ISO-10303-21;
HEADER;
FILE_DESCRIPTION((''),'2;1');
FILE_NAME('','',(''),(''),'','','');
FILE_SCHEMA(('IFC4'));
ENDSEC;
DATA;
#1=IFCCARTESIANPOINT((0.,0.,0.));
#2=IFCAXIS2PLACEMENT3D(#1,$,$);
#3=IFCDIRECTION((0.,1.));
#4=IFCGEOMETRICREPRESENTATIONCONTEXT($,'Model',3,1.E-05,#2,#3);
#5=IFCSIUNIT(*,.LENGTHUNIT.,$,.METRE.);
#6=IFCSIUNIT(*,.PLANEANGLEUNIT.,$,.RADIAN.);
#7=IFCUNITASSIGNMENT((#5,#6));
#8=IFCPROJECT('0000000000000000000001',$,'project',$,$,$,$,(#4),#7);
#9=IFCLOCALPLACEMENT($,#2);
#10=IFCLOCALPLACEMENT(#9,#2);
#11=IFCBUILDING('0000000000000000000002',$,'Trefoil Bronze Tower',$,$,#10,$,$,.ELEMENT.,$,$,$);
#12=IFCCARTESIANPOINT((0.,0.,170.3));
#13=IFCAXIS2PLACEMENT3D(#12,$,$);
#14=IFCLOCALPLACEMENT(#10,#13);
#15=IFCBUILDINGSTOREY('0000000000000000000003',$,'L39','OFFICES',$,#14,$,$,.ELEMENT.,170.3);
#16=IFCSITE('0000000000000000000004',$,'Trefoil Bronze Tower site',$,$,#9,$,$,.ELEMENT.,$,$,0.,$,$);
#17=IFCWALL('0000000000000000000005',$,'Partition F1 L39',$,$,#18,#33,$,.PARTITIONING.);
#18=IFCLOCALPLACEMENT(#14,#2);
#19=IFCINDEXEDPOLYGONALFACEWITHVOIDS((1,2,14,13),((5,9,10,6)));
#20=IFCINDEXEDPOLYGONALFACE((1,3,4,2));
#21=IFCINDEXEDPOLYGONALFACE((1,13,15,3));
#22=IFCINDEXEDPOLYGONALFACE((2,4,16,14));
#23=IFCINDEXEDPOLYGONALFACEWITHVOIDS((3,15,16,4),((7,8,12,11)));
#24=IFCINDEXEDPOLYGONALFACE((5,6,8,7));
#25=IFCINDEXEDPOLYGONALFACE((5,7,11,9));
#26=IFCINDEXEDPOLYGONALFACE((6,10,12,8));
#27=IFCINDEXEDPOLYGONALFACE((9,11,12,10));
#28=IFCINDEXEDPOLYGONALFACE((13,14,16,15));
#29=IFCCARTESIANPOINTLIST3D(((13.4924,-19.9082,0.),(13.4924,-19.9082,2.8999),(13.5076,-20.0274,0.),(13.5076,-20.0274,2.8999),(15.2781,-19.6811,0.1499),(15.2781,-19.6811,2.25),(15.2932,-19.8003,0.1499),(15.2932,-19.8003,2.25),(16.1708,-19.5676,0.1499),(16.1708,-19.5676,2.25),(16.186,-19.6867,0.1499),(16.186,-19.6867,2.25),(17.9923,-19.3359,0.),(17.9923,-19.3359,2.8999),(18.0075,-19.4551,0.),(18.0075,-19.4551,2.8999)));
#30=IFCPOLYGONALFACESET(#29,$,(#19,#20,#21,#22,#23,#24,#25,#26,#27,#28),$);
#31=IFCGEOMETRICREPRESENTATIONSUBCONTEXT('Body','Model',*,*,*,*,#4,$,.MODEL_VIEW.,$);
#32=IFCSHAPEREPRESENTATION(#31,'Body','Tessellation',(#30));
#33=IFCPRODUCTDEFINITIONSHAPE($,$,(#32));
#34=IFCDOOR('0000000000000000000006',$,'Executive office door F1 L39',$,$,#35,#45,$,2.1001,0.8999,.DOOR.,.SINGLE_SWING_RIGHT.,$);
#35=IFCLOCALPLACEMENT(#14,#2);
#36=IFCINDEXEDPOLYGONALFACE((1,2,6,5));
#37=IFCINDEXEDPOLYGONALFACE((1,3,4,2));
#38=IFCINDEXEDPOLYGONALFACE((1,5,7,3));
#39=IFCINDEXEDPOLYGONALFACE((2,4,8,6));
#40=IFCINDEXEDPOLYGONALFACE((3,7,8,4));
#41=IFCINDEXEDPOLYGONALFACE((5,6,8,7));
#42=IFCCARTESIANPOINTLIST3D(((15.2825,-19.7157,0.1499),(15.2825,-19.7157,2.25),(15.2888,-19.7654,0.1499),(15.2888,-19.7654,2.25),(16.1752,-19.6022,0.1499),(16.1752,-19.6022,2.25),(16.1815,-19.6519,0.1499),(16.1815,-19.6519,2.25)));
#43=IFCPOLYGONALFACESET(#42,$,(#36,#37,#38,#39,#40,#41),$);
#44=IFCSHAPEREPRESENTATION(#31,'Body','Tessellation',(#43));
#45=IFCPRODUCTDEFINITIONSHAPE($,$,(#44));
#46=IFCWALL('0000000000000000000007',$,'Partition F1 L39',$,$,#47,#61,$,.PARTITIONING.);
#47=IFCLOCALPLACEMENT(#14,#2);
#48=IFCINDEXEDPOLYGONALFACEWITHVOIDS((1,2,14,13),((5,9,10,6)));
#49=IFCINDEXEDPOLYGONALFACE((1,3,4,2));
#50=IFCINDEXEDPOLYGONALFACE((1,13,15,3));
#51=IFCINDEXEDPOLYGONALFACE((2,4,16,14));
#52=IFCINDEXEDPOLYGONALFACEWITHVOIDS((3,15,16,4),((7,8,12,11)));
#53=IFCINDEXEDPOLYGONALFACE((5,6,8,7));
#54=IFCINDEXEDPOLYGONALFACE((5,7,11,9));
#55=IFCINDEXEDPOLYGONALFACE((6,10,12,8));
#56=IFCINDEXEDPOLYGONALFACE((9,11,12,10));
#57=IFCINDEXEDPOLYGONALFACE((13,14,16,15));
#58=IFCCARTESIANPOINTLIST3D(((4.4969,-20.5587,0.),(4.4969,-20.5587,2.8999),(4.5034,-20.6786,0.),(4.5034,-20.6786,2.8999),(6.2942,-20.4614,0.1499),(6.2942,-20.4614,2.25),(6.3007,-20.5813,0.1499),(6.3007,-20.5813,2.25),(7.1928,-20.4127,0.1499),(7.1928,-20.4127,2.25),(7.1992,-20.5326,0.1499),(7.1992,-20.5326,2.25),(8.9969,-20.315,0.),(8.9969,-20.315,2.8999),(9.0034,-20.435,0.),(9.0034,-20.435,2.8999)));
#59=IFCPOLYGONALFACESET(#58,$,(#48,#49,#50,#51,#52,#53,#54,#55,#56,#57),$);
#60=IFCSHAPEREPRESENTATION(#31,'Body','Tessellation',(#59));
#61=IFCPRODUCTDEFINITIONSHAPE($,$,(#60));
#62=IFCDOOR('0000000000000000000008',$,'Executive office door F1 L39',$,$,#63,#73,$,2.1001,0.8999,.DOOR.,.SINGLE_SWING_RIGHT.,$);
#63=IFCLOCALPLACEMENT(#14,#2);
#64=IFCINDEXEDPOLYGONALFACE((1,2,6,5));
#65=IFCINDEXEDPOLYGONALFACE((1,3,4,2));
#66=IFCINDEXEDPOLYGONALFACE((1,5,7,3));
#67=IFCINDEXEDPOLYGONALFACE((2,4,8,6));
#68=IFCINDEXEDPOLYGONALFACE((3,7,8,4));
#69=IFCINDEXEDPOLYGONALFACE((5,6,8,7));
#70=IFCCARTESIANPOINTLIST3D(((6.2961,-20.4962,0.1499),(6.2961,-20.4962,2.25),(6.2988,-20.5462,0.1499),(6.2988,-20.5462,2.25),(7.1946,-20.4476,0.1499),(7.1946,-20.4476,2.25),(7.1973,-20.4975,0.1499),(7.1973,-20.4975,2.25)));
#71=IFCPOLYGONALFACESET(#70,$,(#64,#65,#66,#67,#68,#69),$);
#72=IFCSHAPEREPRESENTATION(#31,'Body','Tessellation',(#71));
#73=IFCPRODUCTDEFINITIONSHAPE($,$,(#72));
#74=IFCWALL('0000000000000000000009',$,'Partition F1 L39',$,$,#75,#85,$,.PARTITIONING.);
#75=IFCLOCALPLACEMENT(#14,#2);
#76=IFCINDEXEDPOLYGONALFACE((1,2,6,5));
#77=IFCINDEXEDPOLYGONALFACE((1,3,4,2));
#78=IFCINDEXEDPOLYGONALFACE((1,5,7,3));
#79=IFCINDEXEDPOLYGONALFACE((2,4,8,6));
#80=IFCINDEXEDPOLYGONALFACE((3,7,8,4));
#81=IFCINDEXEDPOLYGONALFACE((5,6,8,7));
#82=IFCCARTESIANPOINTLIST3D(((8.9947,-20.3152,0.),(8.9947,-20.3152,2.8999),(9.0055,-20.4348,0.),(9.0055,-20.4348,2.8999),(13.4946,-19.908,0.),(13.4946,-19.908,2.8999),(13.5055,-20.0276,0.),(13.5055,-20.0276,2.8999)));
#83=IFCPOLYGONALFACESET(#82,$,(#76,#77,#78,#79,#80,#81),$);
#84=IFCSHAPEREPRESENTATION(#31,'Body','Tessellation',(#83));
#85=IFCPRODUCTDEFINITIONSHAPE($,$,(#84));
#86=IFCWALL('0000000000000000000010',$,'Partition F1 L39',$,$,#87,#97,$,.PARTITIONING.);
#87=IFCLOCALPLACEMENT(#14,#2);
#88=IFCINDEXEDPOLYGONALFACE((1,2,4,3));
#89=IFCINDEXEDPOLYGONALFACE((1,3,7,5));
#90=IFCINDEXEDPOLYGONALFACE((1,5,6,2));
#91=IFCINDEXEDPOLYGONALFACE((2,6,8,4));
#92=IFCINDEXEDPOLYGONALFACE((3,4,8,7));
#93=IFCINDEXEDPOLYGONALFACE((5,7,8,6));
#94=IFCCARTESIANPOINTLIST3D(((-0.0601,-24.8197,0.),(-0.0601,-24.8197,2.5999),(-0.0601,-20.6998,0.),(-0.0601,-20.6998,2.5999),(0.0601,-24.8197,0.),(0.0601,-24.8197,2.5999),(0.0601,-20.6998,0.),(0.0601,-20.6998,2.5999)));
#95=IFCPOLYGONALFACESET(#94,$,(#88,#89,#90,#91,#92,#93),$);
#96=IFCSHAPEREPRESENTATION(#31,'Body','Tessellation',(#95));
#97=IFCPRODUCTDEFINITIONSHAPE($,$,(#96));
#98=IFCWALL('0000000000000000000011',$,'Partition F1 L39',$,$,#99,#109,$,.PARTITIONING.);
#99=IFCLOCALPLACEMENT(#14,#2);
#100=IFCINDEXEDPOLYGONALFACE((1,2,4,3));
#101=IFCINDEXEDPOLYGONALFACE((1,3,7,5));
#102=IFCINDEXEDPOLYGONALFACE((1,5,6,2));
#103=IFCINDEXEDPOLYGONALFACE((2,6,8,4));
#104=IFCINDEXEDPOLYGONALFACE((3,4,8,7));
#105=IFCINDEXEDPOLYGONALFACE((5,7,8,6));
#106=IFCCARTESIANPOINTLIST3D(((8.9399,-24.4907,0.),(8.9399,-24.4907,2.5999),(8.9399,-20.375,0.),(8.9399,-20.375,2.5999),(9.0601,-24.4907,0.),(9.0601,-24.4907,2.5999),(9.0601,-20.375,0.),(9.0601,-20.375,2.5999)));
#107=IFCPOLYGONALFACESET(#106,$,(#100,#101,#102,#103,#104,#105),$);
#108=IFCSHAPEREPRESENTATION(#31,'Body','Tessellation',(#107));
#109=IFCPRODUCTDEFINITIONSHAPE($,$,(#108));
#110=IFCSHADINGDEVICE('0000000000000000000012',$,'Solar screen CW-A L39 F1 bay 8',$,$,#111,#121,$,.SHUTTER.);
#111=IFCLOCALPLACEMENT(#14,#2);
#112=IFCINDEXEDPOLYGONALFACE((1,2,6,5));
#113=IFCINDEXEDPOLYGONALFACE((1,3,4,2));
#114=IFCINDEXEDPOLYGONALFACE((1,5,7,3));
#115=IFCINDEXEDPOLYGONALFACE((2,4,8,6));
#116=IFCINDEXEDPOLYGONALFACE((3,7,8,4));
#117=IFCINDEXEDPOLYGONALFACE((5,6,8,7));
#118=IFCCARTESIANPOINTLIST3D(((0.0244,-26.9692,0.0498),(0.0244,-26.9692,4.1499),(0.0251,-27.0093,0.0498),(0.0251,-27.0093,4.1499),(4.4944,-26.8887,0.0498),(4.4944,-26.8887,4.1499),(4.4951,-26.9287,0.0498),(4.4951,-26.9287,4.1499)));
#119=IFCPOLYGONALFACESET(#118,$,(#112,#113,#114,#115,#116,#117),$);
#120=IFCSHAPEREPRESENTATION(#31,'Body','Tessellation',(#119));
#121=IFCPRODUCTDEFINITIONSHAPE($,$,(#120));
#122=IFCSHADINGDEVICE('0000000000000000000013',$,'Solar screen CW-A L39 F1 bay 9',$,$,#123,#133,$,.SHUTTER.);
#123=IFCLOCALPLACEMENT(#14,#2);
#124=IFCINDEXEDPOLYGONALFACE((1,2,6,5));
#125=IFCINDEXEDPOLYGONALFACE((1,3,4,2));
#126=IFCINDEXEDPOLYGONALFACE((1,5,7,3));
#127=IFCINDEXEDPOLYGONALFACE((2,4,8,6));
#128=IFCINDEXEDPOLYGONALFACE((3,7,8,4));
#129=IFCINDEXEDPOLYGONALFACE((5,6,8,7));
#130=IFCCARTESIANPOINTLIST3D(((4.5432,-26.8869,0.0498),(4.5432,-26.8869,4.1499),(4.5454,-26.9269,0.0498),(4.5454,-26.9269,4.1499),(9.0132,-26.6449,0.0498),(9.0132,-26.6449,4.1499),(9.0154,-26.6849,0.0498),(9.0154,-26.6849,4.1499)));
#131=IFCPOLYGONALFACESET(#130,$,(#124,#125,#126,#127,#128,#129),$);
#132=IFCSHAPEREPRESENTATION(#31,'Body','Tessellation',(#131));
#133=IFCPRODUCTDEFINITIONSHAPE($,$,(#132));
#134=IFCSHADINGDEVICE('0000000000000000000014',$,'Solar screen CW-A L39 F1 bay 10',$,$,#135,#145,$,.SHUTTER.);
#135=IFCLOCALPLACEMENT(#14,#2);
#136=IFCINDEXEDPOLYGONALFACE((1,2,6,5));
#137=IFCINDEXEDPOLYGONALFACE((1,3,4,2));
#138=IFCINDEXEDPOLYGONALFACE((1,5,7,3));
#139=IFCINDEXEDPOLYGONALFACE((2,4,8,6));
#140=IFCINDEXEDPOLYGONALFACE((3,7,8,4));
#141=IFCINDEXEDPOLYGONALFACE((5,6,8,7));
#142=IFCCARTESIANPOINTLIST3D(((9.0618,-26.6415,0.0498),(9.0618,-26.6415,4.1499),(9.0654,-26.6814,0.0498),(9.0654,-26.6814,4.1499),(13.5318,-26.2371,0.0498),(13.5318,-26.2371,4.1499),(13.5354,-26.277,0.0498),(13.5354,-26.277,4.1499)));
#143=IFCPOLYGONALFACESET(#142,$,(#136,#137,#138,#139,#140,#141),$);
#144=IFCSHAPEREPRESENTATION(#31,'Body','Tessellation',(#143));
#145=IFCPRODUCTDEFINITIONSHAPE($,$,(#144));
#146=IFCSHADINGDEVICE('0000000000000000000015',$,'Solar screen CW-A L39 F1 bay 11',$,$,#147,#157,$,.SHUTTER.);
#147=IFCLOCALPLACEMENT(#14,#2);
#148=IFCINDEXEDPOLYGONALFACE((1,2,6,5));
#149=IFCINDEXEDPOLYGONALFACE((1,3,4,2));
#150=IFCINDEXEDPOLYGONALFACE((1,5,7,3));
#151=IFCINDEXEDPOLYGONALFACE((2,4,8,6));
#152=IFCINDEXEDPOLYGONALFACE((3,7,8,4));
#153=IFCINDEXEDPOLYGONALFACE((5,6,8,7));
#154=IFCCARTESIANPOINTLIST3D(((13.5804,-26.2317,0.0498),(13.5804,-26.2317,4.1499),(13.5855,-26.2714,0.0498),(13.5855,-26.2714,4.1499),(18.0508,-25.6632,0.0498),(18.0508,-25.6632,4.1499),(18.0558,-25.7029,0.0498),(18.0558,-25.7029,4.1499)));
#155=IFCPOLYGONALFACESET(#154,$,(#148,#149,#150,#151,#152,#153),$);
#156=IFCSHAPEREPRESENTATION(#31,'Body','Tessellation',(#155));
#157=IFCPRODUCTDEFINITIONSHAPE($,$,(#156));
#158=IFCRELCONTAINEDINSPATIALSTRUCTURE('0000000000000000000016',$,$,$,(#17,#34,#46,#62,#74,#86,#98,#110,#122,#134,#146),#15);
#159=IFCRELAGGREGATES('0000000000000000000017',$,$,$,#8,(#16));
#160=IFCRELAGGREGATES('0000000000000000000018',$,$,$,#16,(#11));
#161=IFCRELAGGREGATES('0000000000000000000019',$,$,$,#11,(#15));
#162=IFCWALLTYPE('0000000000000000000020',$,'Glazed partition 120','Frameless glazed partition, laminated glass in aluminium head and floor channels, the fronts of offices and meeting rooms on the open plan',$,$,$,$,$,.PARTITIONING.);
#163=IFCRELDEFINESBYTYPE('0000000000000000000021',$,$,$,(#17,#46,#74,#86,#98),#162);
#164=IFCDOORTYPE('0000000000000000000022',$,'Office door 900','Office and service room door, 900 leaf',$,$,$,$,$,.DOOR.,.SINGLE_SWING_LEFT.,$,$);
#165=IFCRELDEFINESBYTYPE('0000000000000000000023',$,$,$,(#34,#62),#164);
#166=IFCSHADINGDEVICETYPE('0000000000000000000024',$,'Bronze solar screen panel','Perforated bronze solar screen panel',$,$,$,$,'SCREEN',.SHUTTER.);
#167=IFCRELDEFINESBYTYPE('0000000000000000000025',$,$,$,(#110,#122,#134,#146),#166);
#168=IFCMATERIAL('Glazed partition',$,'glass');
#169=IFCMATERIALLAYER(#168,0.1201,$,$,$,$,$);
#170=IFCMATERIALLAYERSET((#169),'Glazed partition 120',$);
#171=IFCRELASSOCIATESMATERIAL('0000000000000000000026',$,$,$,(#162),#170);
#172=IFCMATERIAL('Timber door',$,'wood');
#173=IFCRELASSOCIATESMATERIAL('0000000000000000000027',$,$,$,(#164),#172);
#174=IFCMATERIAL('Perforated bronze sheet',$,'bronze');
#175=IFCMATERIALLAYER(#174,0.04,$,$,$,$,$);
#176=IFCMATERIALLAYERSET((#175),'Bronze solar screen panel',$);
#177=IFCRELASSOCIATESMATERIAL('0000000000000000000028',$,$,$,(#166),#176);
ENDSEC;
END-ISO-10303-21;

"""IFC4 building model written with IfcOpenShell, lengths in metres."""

from ifc_helpers import new_model, si_unit, direction, frame, frame_2d, origin, origin_2d, place, context, subcontext, project, spatial, rectangle, extrude, material, layer, layer_set, type_object, element, fill, save


model = new_model("IFC4")

# Units and contexts
model_context = context("Model", 3, precision=1e-05, world=origin(), true_north=direction((0.0, 1.0)))
body_context = subcontext(model_context, "Body", "Model", "MODEL_VIEW")
ifc_project = project(units=[si_unit("LENGTHUNIT", "METRE"), si_unit("PLANEANGLEUNIT", "RADIAN")], contexts=[model_context])

# Site, building, storey
site_placement = place(None, origin())
site = spatial("IfcSite", under=ifc_project, at=site_placement, Name="Trefoil Bronze Tower site", CompositionType="ELEMENT", RefElevation=0.0)
building_placement = place(site_placement, origin())
building = spatial("IfcBuilding", under=site, at=building_placement, Name="Trefoil Bronze Tower", CompositionType="ELEMENT")
storey_placement = place(building_placement, frame((0.0, 0.0, 170.3)))
storey = spatial("IfcBuildingStorey", under=building, at=storey_placement, Name="L39", Description="OFFICES", CompositionType="ELEMENT", Elevation=170.3)

# Shared definitions
ifc_material_1 = material(Name="Glazed partition", Category="glass")
ifc_layer_1 = layer(ifc_material_1, 0.1201)
ifc_layer_set_1 = layer_set([ifc_layer_1], Name="Glazed partition 120")
wall_type = type_object("IfcWallType", Name="Glazed partition 120", Description="Frameless glazed partition, laminated glass in aluminium head and floor channels, the fronts of offices and meeting rooms on the open plan", PredefinedType="PARTITIONING", material=ifc_layer_set_1)

# Walls, openings, doors
wall_1_placement = place(storey_placement, frame((13.5, -19.9678, 0.0), z_axis=(0.0, 0.0, 1.0), x_axis=(0.992011, 0.126154, 0.0)))
wall_1 = element("IfcWall", 1, at=wall_1_placement, inside=storey, type_object=wall_type, Name="Partition F1 L39", PredefinedType="PARTITIONING", context=body_context, shape_type="SweptSolid", body=[
    extrude(rectangle(XDim=4.5361, YDim=0.1201, at=frame_2d((2.2681, 0.0))), origin(), (0.0, 0.0, 1.0), 2.8999),
])
opening_1_placement = place(wall_1_placement, frame((1.8, 0.0, 0.1499)))
opening_1 = element("IfcOpeningElement", 2, at=opening_1_placement, cuts=wall_1, PredefinedType="OPENING", context=body_context, shape_type="SweptSolid", body=[
    extrude(rectangle(XDim=0.8999, YDim=2.1001, at=frame_2d((0.45, 1.05))), frame((0.0, 0.0701, 0.0), z_axis=(0.0, -1.0, 0.0), x_axis=(1.0, 0.0, 0.0)), (0.0, 0.0, 1.0), 0.1401),
])
ifc_material_2 = material(Name="Timber door", Category="wood")
door_type = type_object("IfcDoorType", Name="Office door 900", Description="Office and service room door, 900 leaf", OperationType="SINGLE_SWING_LEFT", PredefinedType="DOOR", material=ifc_material_2)
door_1_placement = place(opening_1_placement, frame((0.8999, 0.0, 0.0), z_axis=(0.0, 0.0, 1.0), x_axis=(-1.0, 0.0, 0.0)))
door_1 = element("IfcDoor", 3, at=door_1_placement, inside=storey, type_object=door_type, Name="Executive office door F1 L39", OperationType="SINGLE_SWING_RIGHT", OverallHeight=2.1001, OverallWidth=0.8999, PredefinedType="DOOR", context=body_context, shape_type="SweptSolid", body=[
    extrude(rectangle(XDim=0.8999, YDim=2.1001, at=frame_2d((0.45, 1.05))), frame((0.0, 0.0249, 0.0), z_axis=(0.0, -1.0, 0.0), x_axis=(1.0, 0.0, 0.0)), (0.0, 0.0, 1.0), 0.05),
])
fill(opening_1, door_1)
wall_2_placement = place(storey_placement, frame((4.5, -20.6187, 0.0), z_axis=(0.0, 0.0, 1.0), x_axis=(0.998537, 0.054066, 0.0)))
wall_2 = element("IfcWall", 4, at=wall_2_placement, inside=storey, type_object=wall_type, Name="Partition F1 L39", PredefinedType="PARTITIONING", context=body_context, shape_type="SweptSolid", body=[
    extrude(rectangle(XDim=4.5066, YDim=0.1201, at=frame_2d((2.2534, 0.0))), origin(), (0.0, 0.0, 1.0), 2.8999),
])
opening_2_placement = place(wall_2_placement, frame((1.8, 0.0, 0.1499)))
opening_2 = element("IfcOpeningElement", 5, at=opening_2_placement, cuts=wall_2, PredefinedType="OPENING", context=body_context, shape_type="SweptSolid", body=[
    extrude(rectangle(XDim=0.8999, YDim=2.1001, at=frame_2d((0.45, 1.05))), frame((0.0, 0.0701, 0.0), z_axis=(0.0, -1.0, 0.0), x_axis=(1.0, 0.0, 0.0)), (0.0, 0.0, 1.0), 0.1401),
])
door_2_placement = place(opening_2_placement, frame((0.8999, 0.0, 0.0), z_axis=(0.0, 0.0, 1.0), x_axis=(-1.0, 0.0, 0.0)))
door_2 = element("IfcDoor", 6, at=door_2_placement, inside=storey, type_object=door_type, Name="Executive office door F1 L39", OperationType="SINGLE_SWING_RIGHT", OverallHeight=2.1001, OverallWidth=0.8999, PredefinedType="DOOR", context=body_context, shape_type="SweptSolid", body=[
    extrude(rectangle(XDim=0.8999, YDim=2.1001, at=frame_2d((0.45, 1.05))), frame((0.0, 0.0249, 0.0), z_axis=(0.0, -1.0, 0.0), x_axis=(1.0, 0.0, 0.0)), (0.0, 0.0, 1.0), 0.05),
])
fill(opening_2, door_2)

# Walls
wall_3_placement = place(storey_placement, frame((9.0, -20.375, 0.0), z_axis=(0.0, 0.0, 1.0), x_axis=(0.99593, 0.090127, 0.0)))
element("IfcWall", 7, at=wall_3_placement, inside=storey, type_object=wall_type, Name="Partition F1 L39", PredefinedType="PARTITIONING", context=body_context, shape_type="SweptSolid", body=[
    extrude(rectangle(XDim=4.5183, YDim=0.1201, at=frame_2d((2.2593, 0.0))), origin(), (0.0, 0.0, 1.0), 2.8999),
])
wall_4_placement = place(storey_placement, frame((0.0, -20.6997, 0.0), z_axis=(0.0, 0.0, 1.0), x_axis=(0.0, -1.0, 0.0)))
element("IfcWall", 8, at=wall_4_placement, inside=storey, type_object=wall_type, Name="Partition F1 L39", PredefinedType="PARTITIONING", context=body_context, shape_type="SweptSolid", body=[
    extrude(rectangle(XDim=4.1199, YDim=0.1201, at=frame_2d((2.0601, 0.0))), origin(), (0.0, 0.0, 1.0), 2.5999),
])
wall_5_placement = place(storey_placement, frame((9.0, -20.375, 0.0), z_axis=(0.0, 0.0, 1.0), x_axis=(0.0, -1.0, 0.0)))
element("IfcWall", 9, at=wall_5_placement, inside=storey, type_object=wall_type, Name="Partition F1 L39", PredefinedType="PARTITIONING", context=body_context, shape_type="SweptSolid", body=[
    extrude(rectangle(XDim=4.1157, YDim=0.1201, at=frame_2d((2.0579, 0.0))), origin(), (0.0, 0.0, 1.0), 2.5999),
])

# Shading devices
ifc_material_3 = material(Name="Perforated bronze sheet", Category="bronze")
ifc_layer_2 = layer(ifc_material_3, 0.04)
ifc_layer_set_2 = layer_set([ifc_layer_2], Name="Bronze solar screen panel")
shading_device_type = type_object("IfcShadingDeviceType", Name="Bronze solar screen panel", Description="Perforated bronze solar screen panel", ElementType="SCREEN", PredefinedType="SHUTTER", material=ifc_layer_set_2)
shading_device_1_placement = place(storey_placement, frame((2.2598, -26.949, 0.0498), z_axis=(0.0, 0.0, 1.0), x_axis=(0.999838, 0.018021, 0.0)))
element("IfcShadingDevice", 10, at=shading_device_1_placement, inside=storey, type_object=shading_device_type, Name="Solar screen CW-A L39 F1 bay 8", PredefinedType="SHUTTER", context=body_context, shape_type="SweptSolid", body=[
    extrude(rectangle(XDim=4.4707, YDim=0.04, at=origin_2d()), origin(), (0.0, 0.0, 1.0), 4.1001),
])
shading_device_2_placement = place(storey_placement, frame((6.7793, -26.7859, 0.0498), z_axis=(0.0, 0.0, 1.0), x_axis=(0.998538, 0.054063, 0.0)))
element("IfcShadingDevice", 11, at=shading_device_2_placement, inside=storey, type_object=shading_device_type, Name="Solar screen CW-A L39 F1 bay 9", PredefinedType="SHUTTER", context=body_context, shape_type="SweptSolid", body=[
    extrude(rectangle(XDim=4.4766, YDim=0.04, at=origin_2d()), origin(), (0.0, 0.0, 1.0), 4.1001),
])
shading_device_3_placement = place(storey_placement, frame((11.2986, -26.4592, 0.0498), z_axis=(0.0, 0.0, 1.0), x_axis=(0.995932, 0.090105, 0.0)))
element("IfcShadingDevice", 12, at=shading_device_3_placement, inside=storey, type_object=shading_device_type, Name="Solar screen CW-A L39 F1 bay 10", PredefinedType="SHUTTER", context=body_context, shape_type="SweptSolid", body=[
    extrude(rectangle(XDim=4.4883, YDim=0.04, at=origin_2d()), origin(), (0.0, 0.0, 1.0), 4.1001),
])
shading_device_4_placement = place(storey_placement, frame((15.8181, -25.9673, 0.0498), z_axis=(0.0, 0.0, 1.0), x_axis=(0.992012, 0.126147, 0.0)))
element("IfcShadingDevice", 13, at=shading_device_4_placement, inside=storey, type_object=shading_device_type, Name="Solar screen CW-A L39 F1 bay 11", PredefinedType="SHUTTER", context=body_context, shape_type="SweptSolid", body=[
    extrude(rectangle(XDim=4.5063, YDim=0.04, at=origin_2d()), origin(), (0.0, 0.0, 1.0), 4.1001),
])

save(model, "model.ifc")
